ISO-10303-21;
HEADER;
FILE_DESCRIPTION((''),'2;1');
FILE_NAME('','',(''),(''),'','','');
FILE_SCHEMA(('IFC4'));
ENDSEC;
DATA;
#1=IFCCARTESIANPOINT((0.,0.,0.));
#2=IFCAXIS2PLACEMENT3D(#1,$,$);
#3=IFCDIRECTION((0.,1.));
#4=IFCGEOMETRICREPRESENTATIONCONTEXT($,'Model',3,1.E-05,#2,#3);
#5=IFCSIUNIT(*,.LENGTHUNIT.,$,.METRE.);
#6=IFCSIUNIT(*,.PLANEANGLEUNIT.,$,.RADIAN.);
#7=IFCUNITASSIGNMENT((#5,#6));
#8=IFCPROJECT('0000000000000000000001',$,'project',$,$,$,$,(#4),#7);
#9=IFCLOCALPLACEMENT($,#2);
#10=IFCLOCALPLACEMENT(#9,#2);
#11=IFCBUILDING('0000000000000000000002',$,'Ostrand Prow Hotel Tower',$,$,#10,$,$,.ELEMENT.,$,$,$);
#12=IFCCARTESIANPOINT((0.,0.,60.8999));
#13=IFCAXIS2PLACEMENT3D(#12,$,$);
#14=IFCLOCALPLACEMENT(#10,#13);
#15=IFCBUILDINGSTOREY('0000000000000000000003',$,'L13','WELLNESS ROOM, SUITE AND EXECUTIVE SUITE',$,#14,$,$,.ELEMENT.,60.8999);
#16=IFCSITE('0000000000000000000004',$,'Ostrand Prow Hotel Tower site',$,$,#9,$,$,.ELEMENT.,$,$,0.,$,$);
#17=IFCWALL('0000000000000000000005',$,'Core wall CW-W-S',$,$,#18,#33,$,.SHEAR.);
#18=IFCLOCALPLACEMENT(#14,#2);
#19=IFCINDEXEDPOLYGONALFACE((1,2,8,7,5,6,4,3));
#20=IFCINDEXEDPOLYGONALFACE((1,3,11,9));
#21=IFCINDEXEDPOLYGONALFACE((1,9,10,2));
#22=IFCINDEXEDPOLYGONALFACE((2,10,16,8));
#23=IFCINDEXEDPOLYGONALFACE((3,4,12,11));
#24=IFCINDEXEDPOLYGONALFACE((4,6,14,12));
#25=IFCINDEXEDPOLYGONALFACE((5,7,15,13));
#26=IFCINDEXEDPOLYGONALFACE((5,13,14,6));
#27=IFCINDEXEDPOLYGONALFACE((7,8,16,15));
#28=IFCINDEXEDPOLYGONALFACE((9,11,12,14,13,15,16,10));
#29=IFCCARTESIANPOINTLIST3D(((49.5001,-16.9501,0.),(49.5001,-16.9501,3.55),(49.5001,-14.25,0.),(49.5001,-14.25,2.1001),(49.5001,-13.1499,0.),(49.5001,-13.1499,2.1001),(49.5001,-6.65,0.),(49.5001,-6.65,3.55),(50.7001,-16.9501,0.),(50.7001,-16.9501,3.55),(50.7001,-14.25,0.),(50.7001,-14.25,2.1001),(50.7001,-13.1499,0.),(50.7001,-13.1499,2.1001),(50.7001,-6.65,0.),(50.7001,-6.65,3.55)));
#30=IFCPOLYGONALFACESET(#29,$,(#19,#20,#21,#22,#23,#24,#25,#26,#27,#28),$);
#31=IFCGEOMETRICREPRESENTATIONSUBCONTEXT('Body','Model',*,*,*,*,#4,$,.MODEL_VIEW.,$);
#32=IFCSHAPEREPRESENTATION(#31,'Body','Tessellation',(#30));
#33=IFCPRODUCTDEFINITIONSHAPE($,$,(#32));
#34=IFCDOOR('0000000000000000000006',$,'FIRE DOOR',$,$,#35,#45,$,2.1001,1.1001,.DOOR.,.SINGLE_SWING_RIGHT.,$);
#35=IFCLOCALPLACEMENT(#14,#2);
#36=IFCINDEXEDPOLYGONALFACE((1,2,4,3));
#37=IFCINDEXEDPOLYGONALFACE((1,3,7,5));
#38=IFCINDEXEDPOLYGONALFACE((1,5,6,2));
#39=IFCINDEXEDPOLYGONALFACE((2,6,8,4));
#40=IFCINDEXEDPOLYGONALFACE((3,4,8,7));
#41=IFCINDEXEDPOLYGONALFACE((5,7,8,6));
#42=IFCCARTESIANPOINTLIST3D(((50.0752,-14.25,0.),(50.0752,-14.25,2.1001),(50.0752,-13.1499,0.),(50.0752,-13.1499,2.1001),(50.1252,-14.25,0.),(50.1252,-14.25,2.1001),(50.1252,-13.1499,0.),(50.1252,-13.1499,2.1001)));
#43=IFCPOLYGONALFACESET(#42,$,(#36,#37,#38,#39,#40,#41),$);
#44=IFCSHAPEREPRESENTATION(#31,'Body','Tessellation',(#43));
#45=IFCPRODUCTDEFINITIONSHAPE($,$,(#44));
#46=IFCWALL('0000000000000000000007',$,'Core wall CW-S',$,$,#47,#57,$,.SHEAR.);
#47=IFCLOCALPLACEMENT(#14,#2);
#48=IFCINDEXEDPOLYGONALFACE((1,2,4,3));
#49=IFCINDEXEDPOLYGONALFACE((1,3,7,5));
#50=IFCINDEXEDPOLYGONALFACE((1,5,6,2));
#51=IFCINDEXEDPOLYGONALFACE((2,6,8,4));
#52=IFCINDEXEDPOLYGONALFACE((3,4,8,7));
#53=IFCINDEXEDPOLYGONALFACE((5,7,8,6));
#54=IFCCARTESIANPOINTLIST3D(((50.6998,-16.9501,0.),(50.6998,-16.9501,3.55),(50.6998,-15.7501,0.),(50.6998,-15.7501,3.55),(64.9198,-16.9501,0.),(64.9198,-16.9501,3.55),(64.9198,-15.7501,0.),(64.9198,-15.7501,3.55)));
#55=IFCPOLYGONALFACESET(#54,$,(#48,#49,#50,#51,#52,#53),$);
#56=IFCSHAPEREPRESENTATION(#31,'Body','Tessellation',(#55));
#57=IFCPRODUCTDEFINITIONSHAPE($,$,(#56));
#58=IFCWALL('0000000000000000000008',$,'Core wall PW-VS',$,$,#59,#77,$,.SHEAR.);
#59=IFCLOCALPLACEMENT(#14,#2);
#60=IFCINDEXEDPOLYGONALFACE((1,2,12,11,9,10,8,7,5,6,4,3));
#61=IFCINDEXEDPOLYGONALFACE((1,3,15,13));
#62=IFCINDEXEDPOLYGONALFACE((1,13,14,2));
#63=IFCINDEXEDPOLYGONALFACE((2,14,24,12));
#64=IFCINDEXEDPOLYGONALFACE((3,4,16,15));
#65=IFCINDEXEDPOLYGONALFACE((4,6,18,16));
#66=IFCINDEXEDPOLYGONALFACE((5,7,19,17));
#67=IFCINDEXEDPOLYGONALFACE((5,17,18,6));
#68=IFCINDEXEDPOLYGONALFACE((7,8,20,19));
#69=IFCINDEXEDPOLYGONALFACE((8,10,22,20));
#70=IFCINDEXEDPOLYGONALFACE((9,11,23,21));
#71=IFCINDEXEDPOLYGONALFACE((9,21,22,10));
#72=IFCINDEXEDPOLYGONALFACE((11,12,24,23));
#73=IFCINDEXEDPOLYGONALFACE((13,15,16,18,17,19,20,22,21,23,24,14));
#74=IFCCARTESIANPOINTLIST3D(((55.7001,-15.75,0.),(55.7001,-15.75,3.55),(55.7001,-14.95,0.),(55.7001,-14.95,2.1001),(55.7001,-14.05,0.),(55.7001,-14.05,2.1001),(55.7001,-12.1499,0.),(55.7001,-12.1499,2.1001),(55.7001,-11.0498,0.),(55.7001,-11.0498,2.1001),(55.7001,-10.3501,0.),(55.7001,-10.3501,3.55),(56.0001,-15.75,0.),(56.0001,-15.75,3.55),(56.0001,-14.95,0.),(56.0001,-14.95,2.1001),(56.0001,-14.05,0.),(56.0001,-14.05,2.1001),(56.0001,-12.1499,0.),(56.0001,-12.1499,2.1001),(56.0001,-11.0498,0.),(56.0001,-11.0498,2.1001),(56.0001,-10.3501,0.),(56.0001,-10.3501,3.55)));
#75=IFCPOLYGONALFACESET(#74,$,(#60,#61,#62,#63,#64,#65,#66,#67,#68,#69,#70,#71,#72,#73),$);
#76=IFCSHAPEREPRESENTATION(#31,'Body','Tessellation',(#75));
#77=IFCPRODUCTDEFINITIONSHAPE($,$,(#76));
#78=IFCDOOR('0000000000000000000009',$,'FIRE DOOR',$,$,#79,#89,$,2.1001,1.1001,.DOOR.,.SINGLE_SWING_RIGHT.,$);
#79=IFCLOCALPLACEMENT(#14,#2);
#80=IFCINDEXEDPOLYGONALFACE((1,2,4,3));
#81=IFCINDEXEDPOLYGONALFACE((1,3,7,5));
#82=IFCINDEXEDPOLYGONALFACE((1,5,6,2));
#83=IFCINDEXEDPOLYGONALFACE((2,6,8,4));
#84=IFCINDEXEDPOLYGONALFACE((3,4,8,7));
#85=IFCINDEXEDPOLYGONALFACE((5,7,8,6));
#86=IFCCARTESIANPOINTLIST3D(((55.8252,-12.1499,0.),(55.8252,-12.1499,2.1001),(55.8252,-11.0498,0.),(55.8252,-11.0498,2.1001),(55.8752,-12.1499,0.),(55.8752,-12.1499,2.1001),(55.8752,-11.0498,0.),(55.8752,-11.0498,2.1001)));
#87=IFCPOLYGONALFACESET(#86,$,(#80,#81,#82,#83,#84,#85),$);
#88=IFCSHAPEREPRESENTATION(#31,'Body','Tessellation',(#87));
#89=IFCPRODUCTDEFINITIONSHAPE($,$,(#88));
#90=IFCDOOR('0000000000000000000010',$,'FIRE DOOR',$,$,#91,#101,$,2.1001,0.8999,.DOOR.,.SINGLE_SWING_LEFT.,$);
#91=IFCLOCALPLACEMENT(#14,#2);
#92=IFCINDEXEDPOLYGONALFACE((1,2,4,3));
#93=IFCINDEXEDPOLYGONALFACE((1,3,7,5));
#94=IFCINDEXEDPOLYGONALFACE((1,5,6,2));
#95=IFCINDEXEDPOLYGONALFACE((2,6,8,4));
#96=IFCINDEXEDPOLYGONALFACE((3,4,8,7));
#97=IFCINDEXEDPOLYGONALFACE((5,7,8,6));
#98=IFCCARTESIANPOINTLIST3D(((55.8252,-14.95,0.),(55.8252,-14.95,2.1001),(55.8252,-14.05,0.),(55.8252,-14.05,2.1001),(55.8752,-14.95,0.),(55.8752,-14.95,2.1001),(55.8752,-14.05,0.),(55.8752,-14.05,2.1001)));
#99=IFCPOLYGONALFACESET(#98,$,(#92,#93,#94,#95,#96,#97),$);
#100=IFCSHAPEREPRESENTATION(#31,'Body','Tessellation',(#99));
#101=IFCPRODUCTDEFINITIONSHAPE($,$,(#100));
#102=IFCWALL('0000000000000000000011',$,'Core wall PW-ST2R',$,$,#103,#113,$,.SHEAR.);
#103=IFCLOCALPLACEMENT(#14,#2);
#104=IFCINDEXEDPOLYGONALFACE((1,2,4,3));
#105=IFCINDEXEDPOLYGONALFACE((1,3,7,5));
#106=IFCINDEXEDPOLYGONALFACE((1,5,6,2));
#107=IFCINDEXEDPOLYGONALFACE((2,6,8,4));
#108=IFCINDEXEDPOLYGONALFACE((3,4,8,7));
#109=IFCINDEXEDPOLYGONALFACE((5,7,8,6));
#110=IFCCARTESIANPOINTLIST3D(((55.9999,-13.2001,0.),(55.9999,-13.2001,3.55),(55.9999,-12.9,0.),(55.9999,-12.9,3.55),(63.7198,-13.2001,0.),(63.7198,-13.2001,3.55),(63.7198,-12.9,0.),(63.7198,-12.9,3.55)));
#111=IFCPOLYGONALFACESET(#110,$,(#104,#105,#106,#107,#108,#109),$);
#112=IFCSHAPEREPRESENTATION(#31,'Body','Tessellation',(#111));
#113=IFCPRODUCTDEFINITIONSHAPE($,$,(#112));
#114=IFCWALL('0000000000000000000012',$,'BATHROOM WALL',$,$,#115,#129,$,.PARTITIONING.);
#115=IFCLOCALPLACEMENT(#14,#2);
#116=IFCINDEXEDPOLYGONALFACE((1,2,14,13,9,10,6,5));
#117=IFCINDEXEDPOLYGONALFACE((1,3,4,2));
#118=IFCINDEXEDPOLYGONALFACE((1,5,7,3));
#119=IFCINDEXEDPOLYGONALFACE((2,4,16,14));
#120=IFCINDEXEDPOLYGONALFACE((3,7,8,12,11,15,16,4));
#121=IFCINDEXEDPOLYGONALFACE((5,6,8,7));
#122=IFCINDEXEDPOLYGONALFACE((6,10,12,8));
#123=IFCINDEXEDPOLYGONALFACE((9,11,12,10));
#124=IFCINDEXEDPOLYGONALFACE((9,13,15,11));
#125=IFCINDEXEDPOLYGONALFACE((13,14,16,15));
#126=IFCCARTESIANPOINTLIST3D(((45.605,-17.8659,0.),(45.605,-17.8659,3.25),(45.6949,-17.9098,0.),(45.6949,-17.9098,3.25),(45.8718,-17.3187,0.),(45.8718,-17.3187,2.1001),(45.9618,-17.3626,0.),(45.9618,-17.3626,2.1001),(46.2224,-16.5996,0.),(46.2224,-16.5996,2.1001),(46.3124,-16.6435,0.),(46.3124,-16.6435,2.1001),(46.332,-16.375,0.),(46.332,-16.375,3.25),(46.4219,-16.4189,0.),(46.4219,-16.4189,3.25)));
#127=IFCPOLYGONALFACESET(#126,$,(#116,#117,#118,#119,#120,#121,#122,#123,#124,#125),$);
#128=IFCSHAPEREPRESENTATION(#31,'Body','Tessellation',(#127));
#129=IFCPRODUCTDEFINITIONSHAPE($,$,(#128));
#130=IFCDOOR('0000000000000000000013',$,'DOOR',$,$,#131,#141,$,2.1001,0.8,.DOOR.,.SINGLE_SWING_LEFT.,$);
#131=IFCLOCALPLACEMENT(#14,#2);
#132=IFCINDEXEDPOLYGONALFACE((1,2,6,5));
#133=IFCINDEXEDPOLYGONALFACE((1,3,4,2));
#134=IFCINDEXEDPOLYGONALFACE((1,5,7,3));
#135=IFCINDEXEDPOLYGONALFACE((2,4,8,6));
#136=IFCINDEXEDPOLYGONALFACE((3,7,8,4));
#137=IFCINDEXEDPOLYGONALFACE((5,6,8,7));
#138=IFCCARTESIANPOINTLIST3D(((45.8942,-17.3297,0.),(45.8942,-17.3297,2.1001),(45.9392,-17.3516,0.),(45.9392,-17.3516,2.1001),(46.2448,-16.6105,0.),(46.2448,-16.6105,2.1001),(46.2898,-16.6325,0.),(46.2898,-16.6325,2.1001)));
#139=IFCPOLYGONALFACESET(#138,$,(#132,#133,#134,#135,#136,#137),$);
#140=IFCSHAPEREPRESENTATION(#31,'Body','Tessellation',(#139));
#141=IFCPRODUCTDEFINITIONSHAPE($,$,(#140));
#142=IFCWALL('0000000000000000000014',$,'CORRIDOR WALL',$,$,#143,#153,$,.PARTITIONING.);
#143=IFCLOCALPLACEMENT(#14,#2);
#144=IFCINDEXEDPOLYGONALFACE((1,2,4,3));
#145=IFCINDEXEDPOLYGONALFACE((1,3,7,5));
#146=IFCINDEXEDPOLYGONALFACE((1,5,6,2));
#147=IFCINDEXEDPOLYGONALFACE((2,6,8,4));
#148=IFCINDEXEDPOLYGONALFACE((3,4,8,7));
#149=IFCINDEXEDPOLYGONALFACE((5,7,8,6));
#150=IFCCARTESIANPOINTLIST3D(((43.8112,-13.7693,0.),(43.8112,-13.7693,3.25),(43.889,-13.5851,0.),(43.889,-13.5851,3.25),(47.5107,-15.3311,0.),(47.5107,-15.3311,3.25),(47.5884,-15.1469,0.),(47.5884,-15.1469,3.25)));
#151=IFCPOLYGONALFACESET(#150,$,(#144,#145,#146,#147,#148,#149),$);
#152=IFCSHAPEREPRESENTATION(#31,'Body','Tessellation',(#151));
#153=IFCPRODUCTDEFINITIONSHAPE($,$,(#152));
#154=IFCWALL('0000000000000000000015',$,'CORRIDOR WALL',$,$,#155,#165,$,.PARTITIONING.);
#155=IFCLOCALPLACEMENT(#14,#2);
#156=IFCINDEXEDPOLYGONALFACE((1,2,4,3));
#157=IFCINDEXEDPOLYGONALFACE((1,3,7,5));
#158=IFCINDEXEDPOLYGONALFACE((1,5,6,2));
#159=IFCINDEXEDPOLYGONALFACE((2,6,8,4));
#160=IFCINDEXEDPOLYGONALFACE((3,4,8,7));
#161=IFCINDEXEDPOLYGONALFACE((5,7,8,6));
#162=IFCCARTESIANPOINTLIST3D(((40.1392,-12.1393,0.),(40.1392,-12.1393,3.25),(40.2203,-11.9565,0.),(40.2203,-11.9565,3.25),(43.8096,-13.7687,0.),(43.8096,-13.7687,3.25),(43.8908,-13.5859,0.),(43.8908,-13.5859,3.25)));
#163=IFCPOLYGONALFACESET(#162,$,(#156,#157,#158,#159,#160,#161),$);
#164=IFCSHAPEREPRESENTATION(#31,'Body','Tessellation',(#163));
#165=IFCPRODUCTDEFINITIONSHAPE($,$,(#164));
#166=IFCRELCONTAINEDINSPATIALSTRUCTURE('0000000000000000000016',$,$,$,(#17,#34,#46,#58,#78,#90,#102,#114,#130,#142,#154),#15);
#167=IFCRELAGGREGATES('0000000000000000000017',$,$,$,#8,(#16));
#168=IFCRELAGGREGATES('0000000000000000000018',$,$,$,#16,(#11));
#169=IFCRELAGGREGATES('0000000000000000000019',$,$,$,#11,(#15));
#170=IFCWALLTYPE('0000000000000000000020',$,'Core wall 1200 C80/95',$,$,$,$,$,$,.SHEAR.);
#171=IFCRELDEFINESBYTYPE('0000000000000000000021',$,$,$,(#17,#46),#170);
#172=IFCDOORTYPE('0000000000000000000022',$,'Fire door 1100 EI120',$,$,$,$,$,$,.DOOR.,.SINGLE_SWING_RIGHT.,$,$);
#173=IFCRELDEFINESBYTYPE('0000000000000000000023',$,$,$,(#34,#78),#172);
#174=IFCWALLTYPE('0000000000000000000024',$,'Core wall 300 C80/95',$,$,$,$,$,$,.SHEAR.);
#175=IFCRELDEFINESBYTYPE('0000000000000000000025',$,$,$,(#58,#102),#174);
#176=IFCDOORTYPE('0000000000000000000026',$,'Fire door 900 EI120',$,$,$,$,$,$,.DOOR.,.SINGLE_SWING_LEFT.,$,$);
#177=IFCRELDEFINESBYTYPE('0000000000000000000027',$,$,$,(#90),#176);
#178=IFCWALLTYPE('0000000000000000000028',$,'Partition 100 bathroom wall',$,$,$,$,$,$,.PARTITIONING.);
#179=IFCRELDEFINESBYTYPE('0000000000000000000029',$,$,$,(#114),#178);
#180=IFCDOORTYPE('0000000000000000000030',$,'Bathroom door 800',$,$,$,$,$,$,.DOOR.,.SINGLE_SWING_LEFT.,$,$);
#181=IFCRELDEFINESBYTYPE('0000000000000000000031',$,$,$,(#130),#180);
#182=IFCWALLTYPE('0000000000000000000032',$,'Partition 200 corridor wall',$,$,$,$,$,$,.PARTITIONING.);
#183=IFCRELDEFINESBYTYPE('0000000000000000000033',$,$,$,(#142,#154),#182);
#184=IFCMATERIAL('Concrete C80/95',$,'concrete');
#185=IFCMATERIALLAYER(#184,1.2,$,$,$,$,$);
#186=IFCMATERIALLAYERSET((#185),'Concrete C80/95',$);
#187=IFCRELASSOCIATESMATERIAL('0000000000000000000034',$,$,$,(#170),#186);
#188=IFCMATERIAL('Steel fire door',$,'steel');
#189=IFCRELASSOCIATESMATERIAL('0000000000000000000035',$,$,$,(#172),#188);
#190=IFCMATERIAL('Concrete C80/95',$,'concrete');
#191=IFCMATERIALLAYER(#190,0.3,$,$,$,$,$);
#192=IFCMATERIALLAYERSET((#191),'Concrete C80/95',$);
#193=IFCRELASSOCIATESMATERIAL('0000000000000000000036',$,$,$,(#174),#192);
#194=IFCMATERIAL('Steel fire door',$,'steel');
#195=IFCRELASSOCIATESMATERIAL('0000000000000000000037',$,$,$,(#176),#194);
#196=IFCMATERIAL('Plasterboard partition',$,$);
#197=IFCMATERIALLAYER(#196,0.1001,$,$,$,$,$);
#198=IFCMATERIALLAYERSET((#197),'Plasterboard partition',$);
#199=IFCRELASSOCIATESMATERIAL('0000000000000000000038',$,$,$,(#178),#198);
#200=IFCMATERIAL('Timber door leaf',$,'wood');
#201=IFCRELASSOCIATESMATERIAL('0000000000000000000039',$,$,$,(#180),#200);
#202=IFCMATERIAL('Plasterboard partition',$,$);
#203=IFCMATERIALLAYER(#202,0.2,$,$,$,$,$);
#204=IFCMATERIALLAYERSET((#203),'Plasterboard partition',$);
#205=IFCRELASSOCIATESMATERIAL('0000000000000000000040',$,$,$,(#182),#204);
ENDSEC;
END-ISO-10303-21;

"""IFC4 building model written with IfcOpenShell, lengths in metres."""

from ifc_helpers import new_model, si_unit, direction, frame, frame_2d, origin, place, context, subcontext, project, spatial, rectangle, extrude, material, layer, layer_set, type_object, element, fill, save


model = new_model("IFC4")

# Units and contexts
model_context = context("Model", 3, precision=1e-05, world=origin(), true_north=direction((0.0, 1.0)))
body_context = subcontext(model_context, "Body", "Model", "MODEL_VIEW")
ifc_project = project(units=[si_unit("LENGTHUNIT", "METRE"), si_unit("PLANEANGLEUNIT", "RADIAN")], contexts=[model_context])

# Site, building, storey
site_placement = place(None, origin())
site = spatial("IfcSite", under=ifc_project, at=site_placement, Name="Ostrand Prow Hotel Tower site", CompositionType="ELEMENT", RefElevation=0.0)
building_placement = place(site_placement, origin())
building = spatial("IfcBuilding", under=site, at=building_placement, Name="Ostrand Prow Hotel Tower", CompositionType="ELEMENT")
storey_placement = place(building_placement, frame((0.0, 0.0, 60.8999)))
storey = spatial("IfcBuildingStorey", under=building, at=storey_placement, Name="L13", Description="WELLNESS ROOM, SUITE AND EXECUTIVE SUITE", CompositionType="ELEMENT", Elevation=60.8999)

# Wall, opening, door
ifc_material_1 = material(Name="Concrete C80/95", Category="concrete")
ifc_layer_1 = layer(ifc_material_1, 1.2)
ifc_layer_set_1 = layer_set([ifc_layer_1], Name="Concrete C80/95")
wall_type_1 = type_object("IfcWallType", Name="Core wall 1200 C80/95", PredefinedType="SHEAR", material=ifc_layer_set_1)
wall_1_placement = place(storey_placement, frame((50.1001, -16.95, 0.0), z_axis=(0.0, 0.0, 1.0), x_axis=(0.0, 1.0, 0.0)))
wall_1 = element("IfcWall", 1, at=wall_1_placement, inside=storey, type_object=wall_type_1, Name="Core wall CW-W-S", PredefinedType="SHEAR", context=body_context, shape_type="SweptSolid", body=[
    extrude(rectangle(XDim=10.3, YDim=1.2, at=frame_2d((5.1499, 0.0))), origin(), (0.0, 0.0, 1.0), 3.55),
])
opening_1_placement = place(wall_1_placement, frame((2.7, 0.0, 0.0)))
opening_1 = element("IfcOpeningElement", 2, at=opening_1_placement, cuts=wall_1, PredefinedType="OPENING", context=body_context, shape_type="SweptSolid", body=[
    extrude(rectangle(XDim=1.1001, YDim=2.1001, at=frame_2d((0.55, 1.05))), frame((0.0, 0.6099, 0.0), z_axis=(0.0, -1.0, 0.0), x_axis=(1.0, 0.0, 0.0)), (0.0, 0.0, 1.0), 1.22),
])
ifc_material_2 = material(Name="Steel fire door", Category="steel")
door_type_1 = type_object("IfcDoorType", Name="Fire door 1100 EI120", OperationType="SINGLE_SWING_RIGHT", PredefinedType="DOOR", material=ifc_material_2)
door_1_placement = place(opening_1_placement, origin())
door_1 = element("IfcDoor", 3, at=door_1_placement, inside=storey, type_object=door_type_1, Name="FIRE DOOR", OperationType="SINGLE_SWING_RIGHT", OverallHeight=2.1001, OverallWidth=1.1001, PredefinedType="DOOR", context=body_context, shape_type="SweptSolid", body=[
    extrude(rectangle(XDim=1.1001, YDim=2.1001, at=frame_2d((0.55, 1.05))), frame((0.0, 0.0249, 0.0), z_axis=(0.0, -1.0, 0.0), x_axis=(1.0, 0.0, 0.0)), (0.0, 0.0, 1.0), 0.05),
])
fill(opening_1, door_1)

# Wall
wall_2_placement = place(storey_placement, frame((50.7, -16.3501, 0.0), z_axis=(0.0, 0.0, 1.0), x_axis=(1.0, 0.0, 0.0)))
element("IfcWall", 4, at=wall_2_placement, inside=storey, type_object=wall_type_1, Name="Core wall CW-S", PredefinedType="SHEAR", context=body_context, shape_type="SweptSolid", body=[
    extrude(rectangle(XDim=14.22, YDim=1.2, at=frame_2d((7.1099, 0.0))), origin(), (0.0, 0.0, 1.0), 3.55),
])

# Wall, openings, doors
ifc_material_3 = material(Name="Concrete C80/95", Category="concrete")
ifc_layer_2 = layer(ifc_material_3, 0.3)
ifc_layer_set_2 = layer_set([ifc_layer_2], Name="Concrete C80/95")
wall_type_2 = type_object("IfcWallType", Name="Core wall 300 C80/95", PredefinedType="SHEAR", material=ifc_layer_set_2)
wall_3_placement = place(storey_placement, frame((55.8501, -15.75, 0.0), z_axis=(0.0, 0.0, 1.0), x_axis=(0.0, 1.0, 0.0)))
wall_3 = element("IfcWall", 5, at=wall_3_placement, inside=storey, type_object=wall_type_2, Name="Core wall PW-VS", PredefinedType="SHEAR", context=body_context, shape_type="SweptSolid", body=[
    extrude(rectangle(XDim=5.3999, YDim=0.3, at=frame_2d((2.7, 0.0))), origin(), (0.0, 0.0, 1.0), 3.55),
])
opening_2_placement = place(wall_3_placement, frame((3.6001, 0.0, 0.0)))
opening_2 = element("IfcOpeningElement", 6, at=opening_2_placement, cuts=wall_3, PredefinedType="OPENING", context=body_context, shape_type="SweptSolid", body=[
    extrude(rectangle(XDim=1.1001, YDim=2.1001, at=frame_2d((0.55, 1.05))), frame((0.0, 0.1599, 0.0), z_axis=(0.0, -1.0, 0.0), x_axis=(1.0, 0.0, 0.0)), (0.0, 0.0, 1.0), 0.3201),
])
opening_3_placement = place(wall_3_placement, frame((0.8, 0.0, 0.0)))
opening_3 = element("IfcOpeningElement", 7, at=opening_3_placement, cuts=wall_3, PredefinedType="OPENING", context=body_context, shape_type="SweptSolid", body=[
    extrude(rectangle(XDim=0.8999, YDim=2.1001, at=frame_2d((0.45, 1.05))), frame((0.0, 0.1599, 0.0), z_axis=(0.0, -1.0, 0.0), x_axis=(1.0, 0.0, 0.0)), (0.0, 0.0, 1.0), 0.3201),
])
door_2_placement = place(opening_2_placement, origin())
door_2 = element("IfcDoor", 8, at=door_2_placement, inside=storey, type_object=door_type_1, Name="FIRE DOOR", OperationType="SINGLE_SWING_RIGHT", OverallHeight=2.1001, OverallWidth=1.1001, PredefinedType="DOOR", context=body_context, shape_type="SweptSolid", body=[
    extrude(rectangle(XDim=1.1001, YDim=2.1001, at=frame_2d((0.55, 1.05))), frame((0.0, 0.0249, 0.0), z_axis=(0.0, -1.0, 0.0), x_axis=(1.0, 0.0, 0.0)), (0.0, 0.0, 1.0), 0.05),
])
fill(opening_2, door_2)
ifc_material_4 = material(Name="Steel fire door", Category="steel")
door_type_2 = type_object("IfcDoorType", Name="Fire door 900 EI120", OperationType="SINGLE_SWING_LEFT", PredefinedType="DOOR", material=ifc_material_4)
door_3_placement = place(opening_3_placement, origin())
door_3 = element("IfcDoor", 9, at=door_3_placement, inside=storey, type_object=door_type_2, Name="FIRE DOOR", OperationType="SINGLE_SWING_LEFT", OverallHeight=2.1001, OverallWidth=0.8999, PredefinedType="DOOR", context=body_context, shape_type="SweptSolid", body=[
    extrude(rectangle(XDim=0.8999, YDim=2.1001, at=frame_2d((0.45, 1.05))), frame((0.0, 0.0249, 0.0), z_axis=(0.0, -1.0, 0.0), x_axis=(1.0, 0.0, 0.0)), (0.0, 0.0, 1.0), 0.05),
])
fill(opening_3, door_3)

# Wall
wall_4_placement = place(storey_placement, frame((56.0, -13.05, 0.0), z_axis=(0.0, 0.0, 1.0), x_axis=(1.0, 0.0, 0.0)))
element("IfcWall", 10, at=wall_4_placement, inside=storey, type_object=wall_type_2, Name="Core wall PW-ST2R", PredefinedType="SHEAR", context=body_context, shape_type="SweptSolid", body=[
    extrude(rectangle(XDim=7.72, YDim=0.3, at=frame_2d((3.8599, 0.0))), origin(), (0.0, 0.0, 1.0), 3.55),
])

# Wall, opening, door
ifc_material_5 = material(Name="Plasterboard partition")
ifc_layer_3 = layer(ifc_material_5, 0.1001)
ifc_layer_set_3 = layer_set([ifc_layer_3], Name="Plasterboard partition")
wall_type_3 = type_object("IfcWallType", Name="Partition 100 bathroom wall", PredefinedType="PARTITIONING", material=ifc_layer_set_3)
wall_5_placement = place(storey_placement, frame((46.377, -16.397, 0.0), z_axis=(0.0, 0.0, 1.0), x_axis=(-0.438302, -0.898828, 0.0)))
wall_5 = element("IfcWall", 11, at=wall_5_placement, inside=storey, type_object=wall_type_3, Name="BATHROOM WALL", PredefinedType="PARTITIONING", context=body_context, shape_type="SweptSolid", body=[
    extrude(rectangle(XDim=1.6587, YDim=0.1001, at=frame_2d((0.8293, 0.0))), origin(), (0.0, 0.0, 1.0), 3.25),
])
opening_4_placement = place(wall_5_placement, frame((0.25, 0.0, 0.0)))
opening_4 = element("IfcOpeningElement", 12, at=opening_4_placement, cuts=wall_5, PredefinedType="OPENING", context=body_context, shape_type="SweptSolid", body=[
    extrude(rectangle(XDim=0.8, YDim=2.1001, at=frame_2d((0.3999, 1.05))), frame((0.0, 0.0601, 0.0), z_axis=(0.0, -1.0, 0.0), x_axis=(1.0, 0.0, 0.0)), (0.0, 0.0, 1.0), 0.1201),
])
ifc_material_6 = material(Name="Timber door leaf", Category="wood")
door_type_3 = type_object("IfcDoorType", Name="Bathroom door 800", OperationType="SINGLE_SWING_LEFT", PredefinedType="DOOR", material=ifc_material_6)
door_4_placement = place(opening_4_placement, origin())
door_4 = element("IfcDoor", 13, at=door_4_placement, inside=storey, type_object=door_type_3, Name="DOOR", OperationType="SINGLE_SWING_LEFT", OverallHeight=2.1001, OverallWidth=0.8, PredefinedType="DOOR", context=body_context, shape_type="SweptSolid", body=[
    extrude(rectangle(XDim=0.8, YDim=2.1001, at=frame_2d((0.3999, 1.05))), frame((0.0, 0.0249, 0.0), z_axis=(0.0, -1.0, 0.0), x_axis=(1.0, 0.0, 0.0)), (0.0, 0.0, 1.0), 0.05),
])
fill(opening_4, door_4)

# Walls
ifc_material_7 = material(Name="Plasterboard partition")
ifc_layer_4 = layer(ifc_material_7, 0.2)
ifc_layer_set_4 = layer_set([ifc_layer_4], Name="Plasterboard partition")
wall_type_4 = type_object("IfcWallType", Name="Partition 200 corridor wall", PredefinedType="PARTITIONING", material=ifc_layer_set_4)
wall_6_placement = place(storey_placement, frame((47.5496, -15.239, 0.0), z_axis=(0.0, 0.0, 1.0), x_axis=(-0.92127, 0.388924, 0.0)))
element("IfcWall", 14, at=wall_6_placement, inside=storey, type_object=wall_type_4, Name="CORRIDOR WALL", PredefinedType="PARTITIONING", context=body_context, shape_type="SweptSolid", body=[
    extrude(rectangle(XDim=4.0156, YDim=0.2, at=frame_2d((2.0078, 0.0))), origin(), (0.0, 0.0, 1.0), 3.25),
])
wall_7_placement = place(storey_placement, frame((43.8501, -13.6772, 0.0), z_axis=(0.0, 0.0, 1.0), x_axis=(-0.913987, 0.405744, 0.0)))
element("IfcWall", 15, at=wall_7_placement, inside=storey, type_object=wall_type_4, Name="CORRIDOR WALL", PredefinedType="PARTITIONING", context=body_context, shape_type="SweptSolid", body=[
    extrude(rectangle(XDim=4.0159, YDim=0.2, at=frame_2d((2.0078, 0.0))), origin(), (0.0, 0.0, 1.0), 3.25),
])

save(model, "model.ifc")
